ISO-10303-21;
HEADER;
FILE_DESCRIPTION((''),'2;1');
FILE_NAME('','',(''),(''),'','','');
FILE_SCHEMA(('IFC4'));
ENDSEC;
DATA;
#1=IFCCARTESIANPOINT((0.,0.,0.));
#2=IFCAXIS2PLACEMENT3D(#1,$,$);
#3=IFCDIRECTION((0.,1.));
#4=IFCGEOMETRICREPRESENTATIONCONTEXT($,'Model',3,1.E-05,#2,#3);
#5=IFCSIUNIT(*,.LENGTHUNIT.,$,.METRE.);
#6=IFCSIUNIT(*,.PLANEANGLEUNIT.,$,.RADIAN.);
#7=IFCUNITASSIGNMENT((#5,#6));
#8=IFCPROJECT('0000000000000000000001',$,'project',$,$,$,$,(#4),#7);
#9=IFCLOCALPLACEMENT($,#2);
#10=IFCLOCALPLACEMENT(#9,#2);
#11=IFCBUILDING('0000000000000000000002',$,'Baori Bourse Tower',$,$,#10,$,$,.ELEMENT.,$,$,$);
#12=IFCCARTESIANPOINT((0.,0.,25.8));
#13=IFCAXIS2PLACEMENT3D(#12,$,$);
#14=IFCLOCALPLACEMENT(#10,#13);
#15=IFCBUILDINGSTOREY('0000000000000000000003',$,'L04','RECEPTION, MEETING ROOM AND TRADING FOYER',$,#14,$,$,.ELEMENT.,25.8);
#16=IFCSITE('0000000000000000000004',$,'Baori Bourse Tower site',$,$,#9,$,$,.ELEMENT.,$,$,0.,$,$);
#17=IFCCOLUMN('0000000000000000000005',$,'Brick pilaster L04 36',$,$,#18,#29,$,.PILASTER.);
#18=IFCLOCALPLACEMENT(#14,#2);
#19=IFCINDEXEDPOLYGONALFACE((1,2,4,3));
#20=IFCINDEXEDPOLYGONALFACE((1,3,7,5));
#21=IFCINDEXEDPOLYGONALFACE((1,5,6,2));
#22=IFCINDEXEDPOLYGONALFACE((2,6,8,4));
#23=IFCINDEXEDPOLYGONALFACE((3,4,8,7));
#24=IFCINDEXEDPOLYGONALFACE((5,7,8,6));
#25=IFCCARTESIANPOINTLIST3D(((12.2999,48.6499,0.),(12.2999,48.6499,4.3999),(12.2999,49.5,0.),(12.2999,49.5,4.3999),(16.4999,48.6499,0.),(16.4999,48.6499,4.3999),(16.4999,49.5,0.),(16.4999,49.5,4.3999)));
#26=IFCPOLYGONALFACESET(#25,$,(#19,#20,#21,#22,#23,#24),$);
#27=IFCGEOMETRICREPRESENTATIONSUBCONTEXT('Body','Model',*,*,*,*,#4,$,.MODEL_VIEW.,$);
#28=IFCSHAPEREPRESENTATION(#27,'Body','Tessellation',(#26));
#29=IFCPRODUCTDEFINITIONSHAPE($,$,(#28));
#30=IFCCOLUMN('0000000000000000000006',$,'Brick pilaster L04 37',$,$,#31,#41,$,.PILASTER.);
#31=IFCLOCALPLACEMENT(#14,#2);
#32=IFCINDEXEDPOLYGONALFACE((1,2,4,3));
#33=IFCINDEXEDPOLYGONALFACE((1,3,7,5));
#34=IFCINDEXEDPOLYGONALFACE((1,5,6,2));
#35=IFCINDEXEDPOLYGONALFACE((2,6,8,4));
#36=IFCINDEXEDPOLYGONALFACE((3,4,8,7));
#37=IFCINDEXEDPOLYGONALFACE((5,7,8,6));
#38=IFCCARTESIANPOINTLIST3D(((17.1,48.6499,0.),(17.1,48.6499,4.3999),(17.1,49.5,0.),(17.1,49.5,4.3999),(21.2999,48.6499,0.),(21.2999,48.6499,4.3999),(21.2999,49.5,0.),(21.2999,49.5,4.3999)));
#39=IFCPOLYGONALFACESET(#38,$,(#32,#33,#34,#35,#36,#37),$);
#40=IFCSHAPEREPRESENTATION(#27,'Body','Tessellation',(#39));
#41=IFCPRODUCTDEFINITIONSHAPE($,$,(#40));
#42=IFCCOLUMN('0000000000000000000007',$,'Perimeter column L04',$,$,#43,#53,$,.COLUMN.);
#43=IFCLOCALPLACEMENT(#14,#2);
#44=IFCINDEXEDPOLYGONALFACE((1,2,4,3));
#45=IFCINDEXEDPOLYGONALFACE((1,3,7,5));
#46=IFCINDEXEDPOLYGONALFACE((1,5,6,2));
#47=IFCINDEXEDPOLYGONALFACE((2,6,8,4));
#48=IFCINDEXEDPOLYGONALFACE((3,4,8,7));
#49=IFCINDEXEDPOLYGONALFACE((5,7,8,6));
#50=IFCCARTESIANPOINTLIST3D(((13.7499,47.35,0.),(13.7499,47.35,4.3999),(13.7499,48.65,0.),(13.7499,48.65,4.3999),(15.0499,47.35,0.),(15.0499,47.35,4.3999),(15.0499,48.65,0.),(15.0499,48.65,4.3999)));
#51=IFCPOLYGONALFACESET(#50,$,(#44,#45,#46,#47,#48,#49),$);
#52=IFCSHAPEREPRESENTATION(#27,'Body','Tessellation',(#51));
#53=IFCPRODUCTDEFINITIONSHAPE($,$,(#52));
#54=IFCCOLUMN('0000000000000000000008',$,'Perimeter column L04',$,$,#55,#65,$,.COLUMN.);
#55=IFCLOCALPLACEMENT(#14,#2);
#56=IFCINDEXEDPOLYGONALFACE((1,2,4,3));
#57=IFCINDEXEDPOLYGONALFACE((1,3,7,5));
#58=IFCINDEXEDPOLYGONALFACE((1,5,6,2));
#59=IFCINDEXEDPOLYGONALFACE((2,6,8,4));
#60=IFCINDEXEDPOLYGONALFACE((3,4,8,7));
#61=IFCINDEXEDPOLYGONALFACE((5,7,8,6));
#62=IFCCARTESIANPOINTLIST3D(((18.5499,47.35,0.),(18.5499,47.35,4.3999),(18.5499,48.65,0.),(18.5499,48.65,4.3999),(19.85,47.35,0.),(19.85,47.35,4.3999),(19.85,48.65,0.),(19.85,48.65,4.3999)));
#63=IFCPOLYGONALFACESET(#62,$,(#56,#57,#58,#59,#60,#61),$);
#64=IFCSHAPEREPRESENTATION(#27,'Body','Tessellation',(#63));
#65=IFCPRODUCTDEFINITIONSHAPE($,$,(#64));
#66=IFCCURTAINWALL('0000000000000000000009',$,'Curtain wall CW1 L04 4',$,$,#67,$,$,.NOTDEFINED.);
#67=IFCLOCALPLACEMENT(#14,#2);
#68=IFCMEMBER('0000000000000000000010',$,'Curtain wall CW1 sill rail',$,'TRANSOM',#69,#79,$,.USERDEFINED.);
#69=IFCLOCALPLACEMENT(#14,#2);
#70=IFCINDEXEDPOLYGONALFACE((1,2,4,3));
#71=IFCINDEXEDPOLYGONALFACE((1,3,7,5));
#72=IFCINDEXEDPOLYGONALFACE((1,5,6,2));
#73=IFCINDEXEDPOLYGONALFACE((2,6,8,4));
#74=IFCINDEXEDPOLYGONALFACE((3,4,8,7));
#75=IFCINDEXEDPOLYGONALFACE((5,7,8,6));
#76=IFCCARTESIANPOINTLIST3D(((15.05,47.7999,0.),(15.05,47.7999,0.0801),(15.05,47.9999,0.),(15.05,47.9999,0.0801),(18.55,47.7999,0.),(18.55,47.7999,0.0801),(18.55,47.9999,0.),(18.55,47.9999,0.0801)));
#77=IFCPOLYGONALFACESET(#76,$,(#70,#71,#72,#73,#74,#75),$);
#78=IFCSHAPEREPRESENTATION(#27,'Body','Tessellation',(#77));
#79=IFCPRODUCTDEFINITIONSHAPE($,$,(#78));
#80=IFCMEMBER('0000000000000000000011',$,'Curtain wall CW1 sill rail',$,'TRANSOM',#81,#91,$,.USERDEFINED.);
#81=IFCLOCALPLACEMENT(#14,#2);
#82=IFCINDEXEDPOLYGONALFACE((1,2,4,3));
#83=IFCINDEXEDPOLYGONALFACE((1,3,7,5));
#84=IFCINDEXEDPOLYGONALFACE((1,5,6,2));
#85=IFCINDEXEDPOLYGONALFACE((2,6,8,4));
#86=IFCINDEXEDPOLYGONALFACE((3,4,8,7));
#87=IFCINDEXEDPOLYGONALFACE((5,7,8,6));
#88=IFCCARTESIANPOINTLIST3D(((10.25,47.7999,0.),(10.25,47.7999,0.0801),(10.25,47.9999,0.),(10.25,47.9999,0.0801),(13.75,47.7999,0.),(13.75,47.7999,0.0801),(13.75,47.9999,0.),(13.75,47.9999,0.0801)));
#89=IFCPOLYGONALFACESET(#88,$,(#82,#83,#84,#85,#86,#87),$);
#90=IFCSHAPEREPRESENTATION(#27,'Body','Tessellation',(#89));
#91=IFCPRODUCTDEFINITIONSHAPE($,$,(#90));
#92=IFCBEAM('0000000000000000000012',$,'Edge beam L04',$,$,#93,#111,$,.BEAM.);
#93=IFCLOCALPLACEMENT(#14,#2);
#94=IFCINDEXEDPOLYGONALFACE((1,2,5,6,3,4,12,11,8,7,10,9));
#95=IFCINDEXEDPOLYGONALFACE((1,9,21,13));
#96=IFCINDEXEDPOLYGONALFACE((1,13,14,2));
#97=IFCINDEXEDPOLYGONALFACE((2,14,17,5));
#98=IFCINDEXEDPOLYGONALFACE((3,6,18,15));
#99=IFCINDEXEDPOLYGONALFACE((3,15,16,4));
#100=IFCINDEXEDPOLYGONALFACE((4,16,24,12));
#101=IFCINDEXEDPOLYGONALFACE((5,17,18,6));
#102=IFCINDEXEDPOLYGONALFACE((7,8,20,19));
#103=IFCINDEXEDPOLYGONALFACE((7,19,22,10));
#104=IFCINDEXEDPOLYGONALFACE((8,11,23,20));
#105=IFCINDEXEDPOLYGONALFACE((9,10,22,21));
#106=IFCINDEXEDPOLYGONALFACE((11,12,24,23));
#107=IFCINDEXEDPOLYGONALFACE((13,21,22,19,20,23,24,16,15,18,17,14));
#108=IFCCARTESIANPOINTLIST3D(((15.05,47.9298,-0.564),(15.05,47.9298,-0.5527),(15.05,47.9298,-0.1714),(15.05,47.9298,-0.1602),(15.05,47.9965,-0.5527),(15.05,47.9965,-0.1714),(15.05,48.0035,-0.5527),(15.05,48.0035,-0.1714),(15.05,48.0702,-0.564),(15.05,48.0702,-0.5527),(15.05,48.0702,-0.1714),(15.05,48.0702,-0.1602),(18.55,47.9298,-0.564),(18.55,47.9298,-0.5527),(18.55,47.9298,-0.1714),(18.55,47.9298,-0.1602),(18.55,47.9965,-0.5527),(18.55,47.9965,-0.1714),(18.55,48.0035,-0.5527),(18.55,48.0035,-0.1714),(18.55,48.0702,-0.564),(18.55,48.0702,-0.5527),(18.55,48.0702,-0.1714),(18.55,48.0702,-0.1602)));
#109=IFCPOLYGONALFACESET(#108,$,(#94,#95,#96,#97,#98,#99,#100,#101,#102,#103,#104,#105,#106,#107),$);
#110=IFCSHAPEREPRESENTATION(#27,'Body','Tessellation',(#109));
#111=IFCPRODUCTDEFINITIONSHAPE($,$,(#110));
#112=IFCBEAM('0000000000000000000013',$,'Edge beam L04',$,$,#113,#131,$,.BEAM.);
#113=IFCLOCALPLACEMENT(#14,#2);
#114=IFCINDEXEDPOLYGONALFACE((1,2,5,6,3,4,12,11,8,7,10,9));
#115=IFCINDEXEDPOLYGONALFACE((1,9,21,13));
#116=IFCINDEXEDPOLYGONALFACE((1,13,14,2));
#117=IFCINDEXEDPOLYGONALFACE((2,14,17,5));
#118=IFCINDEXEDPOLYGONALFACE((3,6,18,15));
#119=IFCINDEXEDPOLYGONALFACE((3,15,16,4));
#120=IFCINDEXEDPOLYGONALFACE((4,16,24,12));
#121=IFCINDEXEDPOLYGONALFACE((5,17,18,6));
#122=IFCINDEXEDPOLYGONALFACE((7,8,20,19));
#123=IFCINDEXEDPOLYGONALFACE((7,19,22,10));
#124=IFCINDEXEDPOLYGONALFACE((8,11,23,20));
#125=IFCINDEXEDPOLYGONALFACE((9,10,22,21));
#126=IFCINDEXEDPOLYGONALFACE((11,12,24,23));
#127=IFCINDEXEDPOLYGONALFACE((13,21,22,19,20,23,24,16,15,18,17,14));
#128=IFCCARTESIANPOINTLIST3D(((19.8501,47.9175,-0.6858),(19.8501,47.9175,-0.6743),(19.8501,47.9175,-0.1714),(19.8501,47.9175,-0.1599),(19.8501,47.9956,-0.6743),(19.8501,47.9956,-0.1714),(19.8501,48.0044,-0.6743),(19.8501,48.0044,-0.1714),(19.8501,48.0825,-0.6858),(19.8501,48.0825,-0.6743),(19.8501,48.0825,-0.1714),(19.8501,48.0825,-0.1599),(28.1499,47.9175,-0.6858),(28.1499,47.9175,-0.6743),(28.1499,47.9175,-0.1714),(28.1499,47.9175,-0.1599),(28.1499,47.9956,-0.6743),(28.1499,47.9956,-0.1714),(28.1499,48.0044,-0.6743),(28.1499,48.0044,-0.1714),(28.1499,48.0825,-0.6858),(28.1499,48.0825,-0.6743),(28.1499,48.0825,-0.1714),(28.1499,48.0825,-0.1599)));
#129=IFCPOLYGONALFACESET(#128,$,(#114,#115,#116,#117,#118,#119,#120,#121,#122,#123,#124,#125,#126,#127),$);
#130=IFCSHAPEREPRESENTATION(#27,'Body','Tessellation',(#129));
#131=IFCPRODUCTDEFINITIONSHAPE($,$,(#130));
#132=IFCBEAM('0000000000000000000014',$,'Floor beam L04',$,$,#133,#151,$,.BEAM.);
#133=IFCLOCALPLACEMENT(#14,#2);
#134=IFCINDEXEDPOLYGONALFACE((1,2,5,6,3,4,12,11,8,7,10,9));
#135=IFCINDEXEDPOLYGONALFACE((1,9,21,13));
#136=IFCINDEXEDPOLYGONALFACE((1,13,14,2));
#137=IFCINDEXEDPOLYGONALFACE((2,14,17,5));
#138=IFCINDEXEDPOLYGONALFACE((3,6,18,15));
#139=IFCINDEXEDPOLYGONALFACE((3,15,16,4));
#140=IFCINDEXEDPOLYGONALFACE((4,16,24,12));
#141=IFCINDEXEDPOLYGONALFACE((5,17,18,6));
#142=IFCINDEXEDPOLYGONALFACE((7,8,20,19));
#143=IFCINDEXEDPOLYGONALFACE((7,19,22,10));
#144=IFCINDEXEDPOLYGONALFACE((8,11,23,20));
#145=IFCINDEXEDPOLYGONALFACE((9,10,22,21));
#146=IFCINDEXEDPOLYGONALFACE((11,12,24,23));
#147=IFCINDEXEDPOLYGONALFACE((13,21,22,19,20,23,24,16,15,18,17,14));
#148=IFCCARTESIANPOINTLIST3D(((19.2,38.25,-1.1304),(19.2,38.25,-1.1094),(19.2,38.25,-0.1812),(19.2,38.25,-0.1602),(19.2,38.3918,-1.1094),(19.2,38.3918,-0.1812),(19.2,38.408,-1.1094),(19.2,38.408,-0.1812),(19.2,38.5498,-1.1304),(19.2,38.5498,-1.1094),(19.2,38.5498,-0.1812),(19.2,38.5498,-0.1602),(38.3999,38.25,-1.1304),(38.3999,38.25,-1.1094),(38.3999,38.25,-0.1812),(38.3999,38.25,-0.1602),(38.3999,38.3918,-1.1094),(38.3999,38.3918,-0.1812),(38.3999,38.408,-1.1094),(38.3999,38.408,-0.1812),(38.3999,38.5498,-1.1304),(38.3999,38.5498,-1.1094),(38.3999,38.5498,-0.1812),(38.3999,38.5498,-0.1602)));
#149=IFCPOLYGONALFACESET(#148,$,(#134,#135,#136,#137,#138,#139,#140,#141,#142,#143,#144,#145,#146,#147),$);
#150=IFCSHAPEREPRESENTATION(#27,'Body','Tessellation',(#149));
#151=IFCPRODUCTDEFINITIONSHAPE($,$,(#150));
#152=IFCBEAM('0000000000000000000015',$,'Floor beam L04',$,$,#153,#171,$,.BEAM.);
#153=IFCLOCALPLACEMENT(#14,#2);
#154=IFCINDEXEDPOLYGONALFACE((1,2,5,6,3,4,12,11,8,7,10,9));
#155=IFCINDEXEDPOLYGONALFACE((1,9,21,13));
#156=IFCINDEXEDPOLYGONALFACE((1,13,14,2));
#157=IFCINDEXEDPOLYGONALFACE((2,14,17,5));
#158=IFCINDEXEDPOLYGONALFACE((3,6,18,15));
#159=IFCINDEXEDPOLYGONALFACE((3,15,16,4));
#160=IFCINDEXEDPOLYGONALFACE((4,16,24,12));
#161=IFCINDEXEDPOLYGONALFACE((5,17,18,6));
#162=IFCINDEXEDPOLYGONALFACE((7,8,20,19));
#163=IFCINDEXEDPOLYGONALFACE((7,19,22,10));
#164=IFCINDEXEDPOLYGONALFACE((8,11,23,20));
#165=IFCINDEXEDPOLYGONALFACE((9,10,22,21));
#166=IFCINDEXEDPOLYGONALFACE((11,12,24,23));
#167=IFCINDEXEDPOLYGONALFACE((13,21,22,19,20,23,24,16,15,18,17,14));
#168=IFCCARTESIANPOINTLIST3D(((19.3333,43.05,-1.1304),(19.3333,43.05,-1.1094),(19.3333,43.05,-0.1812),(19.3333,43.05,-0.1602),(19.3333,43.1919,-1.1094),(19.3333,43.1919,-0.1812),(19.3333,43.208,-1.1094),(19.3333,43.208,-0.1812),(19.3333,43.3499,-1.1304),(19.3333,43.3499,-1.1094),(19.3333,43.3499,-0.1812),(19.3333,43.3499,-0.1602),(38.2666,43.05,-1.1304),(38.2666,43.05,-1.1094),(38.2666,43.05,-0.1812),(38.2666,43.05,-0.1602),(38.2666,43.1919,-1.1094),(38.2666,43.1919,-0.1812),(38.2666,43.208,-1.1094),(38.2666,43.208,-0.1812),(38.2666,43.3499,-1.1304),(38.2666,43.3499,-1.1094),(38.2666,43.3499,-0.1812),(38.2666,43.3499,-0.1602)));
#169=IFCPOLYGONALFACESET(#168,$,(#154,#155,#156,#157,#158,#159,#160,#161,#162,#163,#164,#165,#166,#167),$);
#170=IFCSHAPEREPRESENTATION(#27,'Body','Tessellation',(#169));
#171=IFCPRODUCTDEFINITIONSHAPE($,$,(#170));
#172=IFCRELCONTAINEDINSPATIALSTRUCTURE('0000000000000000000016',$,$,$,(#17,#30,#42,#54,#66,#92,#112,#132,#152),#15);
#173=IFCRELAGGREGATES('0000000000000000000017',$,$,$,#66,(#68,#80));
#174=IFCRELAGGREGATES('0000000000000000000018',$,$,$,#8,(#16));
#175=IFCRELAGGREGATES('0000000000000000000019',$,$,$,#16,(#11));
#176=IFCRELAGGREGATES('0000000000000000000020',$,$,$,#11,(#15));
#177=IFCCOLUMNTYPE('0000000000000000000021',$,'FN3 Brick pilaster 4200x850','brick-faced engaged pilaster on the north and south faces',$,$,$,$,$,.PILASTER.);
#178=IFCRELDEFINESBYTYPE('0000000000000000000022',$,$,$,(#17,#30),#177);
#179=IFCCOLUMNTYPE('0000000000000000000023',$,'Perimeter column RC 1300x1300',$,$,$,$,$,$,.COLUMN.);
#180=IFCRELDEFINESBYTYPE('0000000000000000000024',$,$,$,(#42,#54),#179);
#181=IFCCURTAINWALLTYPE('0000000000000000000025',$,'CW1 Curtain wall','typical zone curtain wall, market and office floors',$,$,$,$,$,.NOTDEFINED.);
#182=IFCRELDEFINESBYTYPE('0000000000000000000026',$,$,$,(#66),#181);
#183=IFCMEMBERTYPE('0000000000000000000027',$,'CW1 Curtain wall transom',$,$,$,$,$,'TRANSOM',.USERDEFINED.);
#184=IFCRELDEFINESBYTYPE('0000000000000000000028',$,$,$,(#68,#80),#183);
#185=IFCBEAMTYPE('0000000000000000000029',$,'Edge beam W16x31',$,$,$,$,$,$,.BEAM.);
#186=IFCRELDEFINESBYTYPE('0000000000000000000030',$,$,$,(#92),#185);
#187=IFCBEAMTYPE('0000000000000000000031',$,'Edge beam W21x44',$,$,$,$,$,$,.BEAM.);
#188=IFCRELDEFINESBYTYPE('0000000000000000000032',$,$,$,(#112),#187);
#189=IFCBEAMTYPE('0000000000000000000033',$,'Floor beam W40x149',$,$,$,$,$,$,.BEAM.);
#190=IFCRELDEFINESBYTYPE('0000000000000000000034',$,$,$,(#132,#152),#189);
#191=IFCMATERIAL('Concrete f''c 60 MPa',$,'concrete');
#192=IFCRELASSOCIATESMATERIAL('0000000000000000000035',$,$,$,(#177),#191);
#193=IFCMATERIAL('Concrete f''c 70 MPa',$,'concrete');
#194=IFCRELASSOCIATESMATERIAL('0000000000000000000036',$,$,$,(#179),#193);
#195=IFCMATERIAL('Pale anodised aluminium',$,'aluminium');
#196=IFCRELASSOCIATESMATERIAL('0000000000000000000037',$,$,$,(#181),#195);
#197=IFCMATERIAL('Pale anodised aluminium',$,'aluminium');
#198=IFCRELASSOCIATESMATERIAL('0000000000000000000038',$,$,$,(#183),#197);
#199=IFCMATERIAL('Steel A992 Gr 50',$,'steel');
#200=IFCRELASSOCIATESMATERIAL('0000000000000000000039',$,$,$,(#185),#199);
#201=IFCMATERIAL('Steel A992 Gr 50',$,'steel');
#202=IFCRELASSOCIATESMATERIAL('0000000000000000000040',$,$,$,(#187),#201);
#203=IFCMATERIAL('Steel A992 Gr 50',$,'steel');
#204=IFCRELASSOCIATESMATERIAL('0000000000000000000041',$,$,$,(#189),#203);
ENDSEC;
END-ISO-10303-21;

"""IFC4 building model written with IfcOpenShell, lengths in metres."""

from ifc_helpers import new_model, si_unit, direction, frame, origin, origin_2d, place, context, subcontext, project, spatial, rectangle, i_section, extrude, material, material_profile, profile_set, type_object, element, aggregate, save


model = new_model("IFC4")

# Units and contexts
model_context = context("Model", 3, precision=1e-05, world=origin(), true_north=direction((0.0, 1.0)))
body_context = subcontext(model_context, "Body", "Model", "MODEL_VIEW")
ifc_project = project(units=[si_unit("LENGTHUNIT", "METRE"), si_unit("PLANEANGLEUNIT", "RADIAN")], contexts=[model_context])

# Site, building, storey
site_placement = place(None, origin())
site = spatial("IfcSite", under=ifc_project, at=site_placement, Name="Baori Bourse Tower site", CompositionType="ELEMENT", RefElevation=0.0)
building_placement = place(site_placement, origin())
building = spatial("IfcBuilding", under=site, at=building_placement, Name="Baori Bourse Tower", CompositionType="ELEMENT")
storey_placement = place(building_placement, frame((0.0, 0.0, 25.8)))
storey = spatial("IfcBuildingStorey", under=building, at=storey_placement, Name="L04", Description="RECEPTION, MEETING ROOM AND TRADING FOYER", CompositionType="ELEMENT", Elevation=25.8)

# Columns
ifc_material_1 = material(Name="Concrete f'c 60 MPa", Category="concrete")
ifc_material_profile_1 = material_profile(ifc_material_1, rectangle(XDim=4.2, YDim=0.8501, at=origin_2d()), Name="RC 4200x850")
ifc_profile_set_1 = profile_set([ifc_material_profile_1], Name="Concrete f'c 60 MPa")
column_type_1 = type_object("IfcColumnType", Name="FN3 Brick pilaster 4200x850", Description="brick-faced engaged pilaster on the north and south faces", PredefinedType="PILASTER", material=ifc_profile_set_1)
for number, where, z_axis, x_axis, name in (
    (1, (14.3999, 49.075, 0.0), (0.0, 0.0, 1.0), (1.0, 0.0, 0.0), "Brick pilaster L04 36"),
    (2, (19.2, 49.075, 0.0), (0.0, 0.0, 1.0), (1.0, 0.0, 0.0), "Brick pilaster L04 37"),
):
    element("IfcColumn", number, at=place(storey_placement, frame(where, z_axis=z_axis, x_axis=x_axis)), inside=storey, type_object=column_type_1, Name=name, PredefinedType="PILASTER", context=body_context, shape_type="SweptSolid", body=[
        extrude(rectangle(XDim=4.2, YDim=0.8501, at=origin_2d()), origin(), (0.0, 0.0, 1.0), 4.3999),
    ])
ifc_material_2 = material(Name="Concrete f'c 70 MPa", Category="concrete")
ifc_material_profile_2 = material_profile(ifc_material_2, rectangle(XDim=1.3, YDim=1.3, at=origin_2d()), Name="RC 1300x1300")
ifc_profile_set_2 = profile_set([ifc_material_profile_2], Name="Concrete f'c 70 MPa")
column_type_2 = type_object("IfcColumnType", Name="Perimeter column RC 1300x1300", PredefinedType="COLUMN", material=ifc_profile_set_2)
for number, where, z_axis, x_axis, name in (
    (3, (14.3999, 48.0, 0.0), (0.0, 0.0, 1.0), (1.0, 0.0, 0.0), "Perimeter column L04"),
    (4, (19.2, 48.0, 0.0), (0.0, 0.0, 1.0), (1.0, 0.0, 0.0), "Perimeter column L04"),
):
    element("IfcColumn", number, at=place(storey_placement, frame(where, z_axis=z_axis, x_axis=x_axis)), inside=storey, type_object=column_type_2, Name=name, PredefinedType="COLUMN", context=body_context, shape_type="SweptSolid", body=[
        extrude(rectangle(XDim=1.3, YDim=1.3, at=origin_2d()), origin(), (0.0, 0.0, 1.0), 4.3999),
    ])

# Curtain wall, members
ifc_material_3 = material(Name="Pale anodised aluminium", Category="aluminium")
curtain_wall_type = type_object("IfcCurtainWallType", Name="CW1 Curtain wall", Description="typical zone curtain wall, market and office floors", PredefinedType="NOTDEFINED", material=ifc_material_3)
curtain_wall_placement = place(storey_placement, origin())
curtain_wall = element("IfcCurtainWall", 5, at=curtain_wall_placement, inside=storey, type_object=curtain_wall_type, Name="Curtain wall CW1 L04 4", PredefinedType="NOTDEFINED")
ifc_material_4 = material(Name="Pale anodised aluminium", Category="aluminium")
ifc_material_profile_3 = material_profile(ifc_material_4, rectangle(XDim=0.2, YDim=0.0801, at=origin_2d()), Name="Transom 80x200")
ifc_profile_set_3 = profile_set([ifc_material_profile_3], Name="Pale anodised aluminium")
member_type = type_object("IfcMemberType", Name="CW1 Curtain wall transom", ElementType="TRANSOM", PredefinedType="USERDEFINED", material=ifc_profile_set_3)
member_1_placement = place(storey_placement, frame((18.55, 47.8999, 0.04), z_axis=(-1.0, 0.0, 0.0), x_axis=(0.0, -1.0, 0.0)))
member_1 = element("IfcMember", 6, at=member_1_placement, type_object=member_type, Name="Curtain wall CW1 sill rail", ObjectType="TRANSOM", PredefinedType="USERDEFINED", context=body_context, shape_type="SweptSolid", body=[
    extrude(rectangle(XDim=0.2, YDim=0.0801, at=origin_2d()), origin(), (0.0, 0.0, 1.0), 3.5),
])
member_2_placement = place(storey_placement, frame((13.75, 47.8999, 0.04), z_axis=(-1.0, 0.0, 0.0), x_axis=(0.0, -1.0, 0.0)))
member_2 = element("IfcMember", 7, at=member_2_placement, type_object=member_type, Name="Curtain wall CW1 sill rail", ObjectType="TRANSOM", PredefinedType="USERDEFINED", context=body_context, shape_type="SweptSolid", body=[
    extrude(rectangle(XDim=0.2, YDim=0.0801, at=origin_2d()), origin(), (0.0, 0.0, 1.0), 3.5),
])

# Beams
ifc_material_5 = material(Name="Steel A992 Gr 50", Category="steel")
ifc_material_profile_4 = material_profile(ifc_material_5, i_section(OverallWidth=0.1404, OverallDepth=0.4038, WebThickness=0.0071, FlangeThickness=0.0112, at=origin_2d()), Name="W16x31")
ifc_profile_set_4 = profile_set([ifc_material_profile_4], Name="Steel A992 Gr 50")
beam_type_1 = type_object("IfcBeamType", Name="Edge beam W16x31", PredefinedType="BEAM", material=ifc_profile_set_4)
beam_1_placement = place(storey_placement, frame((15.05, 48.0, -0.3621), z_axis=(1.0, 0.0, 0.0), x_axis=(0.0, 1.0, 0.0)))
element("IfcBeam", 8, at=beam_1_placement, inside=storey, type_object=beam_type_1, Name="Edge beam L04", PredefinedType="BEAM", context=body_context, shape_type="SweptSolid", body=[
    extrude(i_section(OverallWidth=0.1404, OverallDepth=0.4038, WebThickness=0.0071, FlangeThickness=0.0112, at=origin_2d()), origin(), (0.0, 0.0, 1.0), 3.5),
])
ifc_material_6 = material(Name="Steel A992 Gr 50", Category="steel")
ifc_material_profile_5 = material_profile(ifc_material_6, i_section(OverallWidth=0.165, OverallDepth=0.5259, WebThickness=0.0088, FlangeThickness=0.0115, at=origin_2d()), Name="W21x44")
ifc_profile_set_5 = profile_set([ifc_material_profile_5], Name="Steel A992 Gr 50")
beam_type_2 = type_object("IfcBeamType", Name="Edge beam W21x44", PredefinedType="BEAM", material=ifc_profile_set_5)
beam_2_placement = place(storey_placement, frame((19.8501, 48.0, -0.4229), z_axis=(1.0, 0.0, 0.0), x_axis=(0.0, 1.0, 0.0)))
element("IfcBeam", 9, at=beam_2_placement, inside=storey, type_object=beam_type_2, Name="Edge beam L04", PredefinedType="BEAM", context=body_context, shape_type="SweptSolid", body=[
    extrude(i_section(OverallWidth=0.165, OverallDepth=0.5259, WebThickness=0.0088, FlangeThickness=0.0115, at=origin_2d()), origin(), (0.0, 0.0, 1.0), 8.2998),
])
ifc_material_7 = material(Name="Steel A992 Gr 50", Category="steel")
ifc_material_profile_6 = material_profile(ifc_material_7, i_section(OverallWidth=0.2998, OverallDepth=0.9702, WebThickness=0.0161, FlangeThickness=0.021, at=origin_2d()), Name="W40x149")
ifc_profile_set_6 = profile_set([ifc_material_profile_6], Name="Steel A992 Gr 50")
beam_type_3 = type_object("IfcBeamType", Name="Floor beam W40x149", PredefinedType="BEAM", material=ifc_profile_set_6)
beam_3_placement = place(storey_placement, frame((19.2, 38.3999, -0.6453), z_axis=(1.0, 0.0, 0.0), x_axis=(0.0, 1.0, 0.0)))
element("IfcBeam", 10, at=beam_3_placement, inside=storey, type_object=beam_type_3, Name="Floor beam L04", PredefinedType="BEAM", context=body_context, shape_type="SweptSolid", body=[
    extrude(i_section(OverallWidth=0.2998, OverallDepth=0.9702, WebThickness=0.0161, FlangeThickness=0.021, at=origin_2d()), origin(), (0.0, 0.0, 1.0), 19.2),
])
beam_4_placement = place(storey_placement, frame((19.3333, 43.2, -0.6453), z_axis=(1.0, 0.0, 0.0), x_axis=(0.0, 1.0, 0.0)))
element("IfcBeam", 11, at=beam_4_placement, inside=storey, type_object=beam_type_3, Name="Floor beam L04", PredefinedType="BEAM", context=body_context, shape_type="SweptSolid", body=[
    extrude(i_section(OverallWidth=0.2998, OverallDepth=0.9702, WebThickness=0.0161, FlangeThickness=0.021, at=origin_2d()), origin(), (0.0, 0.0, 1.0), 18.9333),
])

aggregate(curtain_wall, [member_1, member_2])

save(model, "model.ifc")
